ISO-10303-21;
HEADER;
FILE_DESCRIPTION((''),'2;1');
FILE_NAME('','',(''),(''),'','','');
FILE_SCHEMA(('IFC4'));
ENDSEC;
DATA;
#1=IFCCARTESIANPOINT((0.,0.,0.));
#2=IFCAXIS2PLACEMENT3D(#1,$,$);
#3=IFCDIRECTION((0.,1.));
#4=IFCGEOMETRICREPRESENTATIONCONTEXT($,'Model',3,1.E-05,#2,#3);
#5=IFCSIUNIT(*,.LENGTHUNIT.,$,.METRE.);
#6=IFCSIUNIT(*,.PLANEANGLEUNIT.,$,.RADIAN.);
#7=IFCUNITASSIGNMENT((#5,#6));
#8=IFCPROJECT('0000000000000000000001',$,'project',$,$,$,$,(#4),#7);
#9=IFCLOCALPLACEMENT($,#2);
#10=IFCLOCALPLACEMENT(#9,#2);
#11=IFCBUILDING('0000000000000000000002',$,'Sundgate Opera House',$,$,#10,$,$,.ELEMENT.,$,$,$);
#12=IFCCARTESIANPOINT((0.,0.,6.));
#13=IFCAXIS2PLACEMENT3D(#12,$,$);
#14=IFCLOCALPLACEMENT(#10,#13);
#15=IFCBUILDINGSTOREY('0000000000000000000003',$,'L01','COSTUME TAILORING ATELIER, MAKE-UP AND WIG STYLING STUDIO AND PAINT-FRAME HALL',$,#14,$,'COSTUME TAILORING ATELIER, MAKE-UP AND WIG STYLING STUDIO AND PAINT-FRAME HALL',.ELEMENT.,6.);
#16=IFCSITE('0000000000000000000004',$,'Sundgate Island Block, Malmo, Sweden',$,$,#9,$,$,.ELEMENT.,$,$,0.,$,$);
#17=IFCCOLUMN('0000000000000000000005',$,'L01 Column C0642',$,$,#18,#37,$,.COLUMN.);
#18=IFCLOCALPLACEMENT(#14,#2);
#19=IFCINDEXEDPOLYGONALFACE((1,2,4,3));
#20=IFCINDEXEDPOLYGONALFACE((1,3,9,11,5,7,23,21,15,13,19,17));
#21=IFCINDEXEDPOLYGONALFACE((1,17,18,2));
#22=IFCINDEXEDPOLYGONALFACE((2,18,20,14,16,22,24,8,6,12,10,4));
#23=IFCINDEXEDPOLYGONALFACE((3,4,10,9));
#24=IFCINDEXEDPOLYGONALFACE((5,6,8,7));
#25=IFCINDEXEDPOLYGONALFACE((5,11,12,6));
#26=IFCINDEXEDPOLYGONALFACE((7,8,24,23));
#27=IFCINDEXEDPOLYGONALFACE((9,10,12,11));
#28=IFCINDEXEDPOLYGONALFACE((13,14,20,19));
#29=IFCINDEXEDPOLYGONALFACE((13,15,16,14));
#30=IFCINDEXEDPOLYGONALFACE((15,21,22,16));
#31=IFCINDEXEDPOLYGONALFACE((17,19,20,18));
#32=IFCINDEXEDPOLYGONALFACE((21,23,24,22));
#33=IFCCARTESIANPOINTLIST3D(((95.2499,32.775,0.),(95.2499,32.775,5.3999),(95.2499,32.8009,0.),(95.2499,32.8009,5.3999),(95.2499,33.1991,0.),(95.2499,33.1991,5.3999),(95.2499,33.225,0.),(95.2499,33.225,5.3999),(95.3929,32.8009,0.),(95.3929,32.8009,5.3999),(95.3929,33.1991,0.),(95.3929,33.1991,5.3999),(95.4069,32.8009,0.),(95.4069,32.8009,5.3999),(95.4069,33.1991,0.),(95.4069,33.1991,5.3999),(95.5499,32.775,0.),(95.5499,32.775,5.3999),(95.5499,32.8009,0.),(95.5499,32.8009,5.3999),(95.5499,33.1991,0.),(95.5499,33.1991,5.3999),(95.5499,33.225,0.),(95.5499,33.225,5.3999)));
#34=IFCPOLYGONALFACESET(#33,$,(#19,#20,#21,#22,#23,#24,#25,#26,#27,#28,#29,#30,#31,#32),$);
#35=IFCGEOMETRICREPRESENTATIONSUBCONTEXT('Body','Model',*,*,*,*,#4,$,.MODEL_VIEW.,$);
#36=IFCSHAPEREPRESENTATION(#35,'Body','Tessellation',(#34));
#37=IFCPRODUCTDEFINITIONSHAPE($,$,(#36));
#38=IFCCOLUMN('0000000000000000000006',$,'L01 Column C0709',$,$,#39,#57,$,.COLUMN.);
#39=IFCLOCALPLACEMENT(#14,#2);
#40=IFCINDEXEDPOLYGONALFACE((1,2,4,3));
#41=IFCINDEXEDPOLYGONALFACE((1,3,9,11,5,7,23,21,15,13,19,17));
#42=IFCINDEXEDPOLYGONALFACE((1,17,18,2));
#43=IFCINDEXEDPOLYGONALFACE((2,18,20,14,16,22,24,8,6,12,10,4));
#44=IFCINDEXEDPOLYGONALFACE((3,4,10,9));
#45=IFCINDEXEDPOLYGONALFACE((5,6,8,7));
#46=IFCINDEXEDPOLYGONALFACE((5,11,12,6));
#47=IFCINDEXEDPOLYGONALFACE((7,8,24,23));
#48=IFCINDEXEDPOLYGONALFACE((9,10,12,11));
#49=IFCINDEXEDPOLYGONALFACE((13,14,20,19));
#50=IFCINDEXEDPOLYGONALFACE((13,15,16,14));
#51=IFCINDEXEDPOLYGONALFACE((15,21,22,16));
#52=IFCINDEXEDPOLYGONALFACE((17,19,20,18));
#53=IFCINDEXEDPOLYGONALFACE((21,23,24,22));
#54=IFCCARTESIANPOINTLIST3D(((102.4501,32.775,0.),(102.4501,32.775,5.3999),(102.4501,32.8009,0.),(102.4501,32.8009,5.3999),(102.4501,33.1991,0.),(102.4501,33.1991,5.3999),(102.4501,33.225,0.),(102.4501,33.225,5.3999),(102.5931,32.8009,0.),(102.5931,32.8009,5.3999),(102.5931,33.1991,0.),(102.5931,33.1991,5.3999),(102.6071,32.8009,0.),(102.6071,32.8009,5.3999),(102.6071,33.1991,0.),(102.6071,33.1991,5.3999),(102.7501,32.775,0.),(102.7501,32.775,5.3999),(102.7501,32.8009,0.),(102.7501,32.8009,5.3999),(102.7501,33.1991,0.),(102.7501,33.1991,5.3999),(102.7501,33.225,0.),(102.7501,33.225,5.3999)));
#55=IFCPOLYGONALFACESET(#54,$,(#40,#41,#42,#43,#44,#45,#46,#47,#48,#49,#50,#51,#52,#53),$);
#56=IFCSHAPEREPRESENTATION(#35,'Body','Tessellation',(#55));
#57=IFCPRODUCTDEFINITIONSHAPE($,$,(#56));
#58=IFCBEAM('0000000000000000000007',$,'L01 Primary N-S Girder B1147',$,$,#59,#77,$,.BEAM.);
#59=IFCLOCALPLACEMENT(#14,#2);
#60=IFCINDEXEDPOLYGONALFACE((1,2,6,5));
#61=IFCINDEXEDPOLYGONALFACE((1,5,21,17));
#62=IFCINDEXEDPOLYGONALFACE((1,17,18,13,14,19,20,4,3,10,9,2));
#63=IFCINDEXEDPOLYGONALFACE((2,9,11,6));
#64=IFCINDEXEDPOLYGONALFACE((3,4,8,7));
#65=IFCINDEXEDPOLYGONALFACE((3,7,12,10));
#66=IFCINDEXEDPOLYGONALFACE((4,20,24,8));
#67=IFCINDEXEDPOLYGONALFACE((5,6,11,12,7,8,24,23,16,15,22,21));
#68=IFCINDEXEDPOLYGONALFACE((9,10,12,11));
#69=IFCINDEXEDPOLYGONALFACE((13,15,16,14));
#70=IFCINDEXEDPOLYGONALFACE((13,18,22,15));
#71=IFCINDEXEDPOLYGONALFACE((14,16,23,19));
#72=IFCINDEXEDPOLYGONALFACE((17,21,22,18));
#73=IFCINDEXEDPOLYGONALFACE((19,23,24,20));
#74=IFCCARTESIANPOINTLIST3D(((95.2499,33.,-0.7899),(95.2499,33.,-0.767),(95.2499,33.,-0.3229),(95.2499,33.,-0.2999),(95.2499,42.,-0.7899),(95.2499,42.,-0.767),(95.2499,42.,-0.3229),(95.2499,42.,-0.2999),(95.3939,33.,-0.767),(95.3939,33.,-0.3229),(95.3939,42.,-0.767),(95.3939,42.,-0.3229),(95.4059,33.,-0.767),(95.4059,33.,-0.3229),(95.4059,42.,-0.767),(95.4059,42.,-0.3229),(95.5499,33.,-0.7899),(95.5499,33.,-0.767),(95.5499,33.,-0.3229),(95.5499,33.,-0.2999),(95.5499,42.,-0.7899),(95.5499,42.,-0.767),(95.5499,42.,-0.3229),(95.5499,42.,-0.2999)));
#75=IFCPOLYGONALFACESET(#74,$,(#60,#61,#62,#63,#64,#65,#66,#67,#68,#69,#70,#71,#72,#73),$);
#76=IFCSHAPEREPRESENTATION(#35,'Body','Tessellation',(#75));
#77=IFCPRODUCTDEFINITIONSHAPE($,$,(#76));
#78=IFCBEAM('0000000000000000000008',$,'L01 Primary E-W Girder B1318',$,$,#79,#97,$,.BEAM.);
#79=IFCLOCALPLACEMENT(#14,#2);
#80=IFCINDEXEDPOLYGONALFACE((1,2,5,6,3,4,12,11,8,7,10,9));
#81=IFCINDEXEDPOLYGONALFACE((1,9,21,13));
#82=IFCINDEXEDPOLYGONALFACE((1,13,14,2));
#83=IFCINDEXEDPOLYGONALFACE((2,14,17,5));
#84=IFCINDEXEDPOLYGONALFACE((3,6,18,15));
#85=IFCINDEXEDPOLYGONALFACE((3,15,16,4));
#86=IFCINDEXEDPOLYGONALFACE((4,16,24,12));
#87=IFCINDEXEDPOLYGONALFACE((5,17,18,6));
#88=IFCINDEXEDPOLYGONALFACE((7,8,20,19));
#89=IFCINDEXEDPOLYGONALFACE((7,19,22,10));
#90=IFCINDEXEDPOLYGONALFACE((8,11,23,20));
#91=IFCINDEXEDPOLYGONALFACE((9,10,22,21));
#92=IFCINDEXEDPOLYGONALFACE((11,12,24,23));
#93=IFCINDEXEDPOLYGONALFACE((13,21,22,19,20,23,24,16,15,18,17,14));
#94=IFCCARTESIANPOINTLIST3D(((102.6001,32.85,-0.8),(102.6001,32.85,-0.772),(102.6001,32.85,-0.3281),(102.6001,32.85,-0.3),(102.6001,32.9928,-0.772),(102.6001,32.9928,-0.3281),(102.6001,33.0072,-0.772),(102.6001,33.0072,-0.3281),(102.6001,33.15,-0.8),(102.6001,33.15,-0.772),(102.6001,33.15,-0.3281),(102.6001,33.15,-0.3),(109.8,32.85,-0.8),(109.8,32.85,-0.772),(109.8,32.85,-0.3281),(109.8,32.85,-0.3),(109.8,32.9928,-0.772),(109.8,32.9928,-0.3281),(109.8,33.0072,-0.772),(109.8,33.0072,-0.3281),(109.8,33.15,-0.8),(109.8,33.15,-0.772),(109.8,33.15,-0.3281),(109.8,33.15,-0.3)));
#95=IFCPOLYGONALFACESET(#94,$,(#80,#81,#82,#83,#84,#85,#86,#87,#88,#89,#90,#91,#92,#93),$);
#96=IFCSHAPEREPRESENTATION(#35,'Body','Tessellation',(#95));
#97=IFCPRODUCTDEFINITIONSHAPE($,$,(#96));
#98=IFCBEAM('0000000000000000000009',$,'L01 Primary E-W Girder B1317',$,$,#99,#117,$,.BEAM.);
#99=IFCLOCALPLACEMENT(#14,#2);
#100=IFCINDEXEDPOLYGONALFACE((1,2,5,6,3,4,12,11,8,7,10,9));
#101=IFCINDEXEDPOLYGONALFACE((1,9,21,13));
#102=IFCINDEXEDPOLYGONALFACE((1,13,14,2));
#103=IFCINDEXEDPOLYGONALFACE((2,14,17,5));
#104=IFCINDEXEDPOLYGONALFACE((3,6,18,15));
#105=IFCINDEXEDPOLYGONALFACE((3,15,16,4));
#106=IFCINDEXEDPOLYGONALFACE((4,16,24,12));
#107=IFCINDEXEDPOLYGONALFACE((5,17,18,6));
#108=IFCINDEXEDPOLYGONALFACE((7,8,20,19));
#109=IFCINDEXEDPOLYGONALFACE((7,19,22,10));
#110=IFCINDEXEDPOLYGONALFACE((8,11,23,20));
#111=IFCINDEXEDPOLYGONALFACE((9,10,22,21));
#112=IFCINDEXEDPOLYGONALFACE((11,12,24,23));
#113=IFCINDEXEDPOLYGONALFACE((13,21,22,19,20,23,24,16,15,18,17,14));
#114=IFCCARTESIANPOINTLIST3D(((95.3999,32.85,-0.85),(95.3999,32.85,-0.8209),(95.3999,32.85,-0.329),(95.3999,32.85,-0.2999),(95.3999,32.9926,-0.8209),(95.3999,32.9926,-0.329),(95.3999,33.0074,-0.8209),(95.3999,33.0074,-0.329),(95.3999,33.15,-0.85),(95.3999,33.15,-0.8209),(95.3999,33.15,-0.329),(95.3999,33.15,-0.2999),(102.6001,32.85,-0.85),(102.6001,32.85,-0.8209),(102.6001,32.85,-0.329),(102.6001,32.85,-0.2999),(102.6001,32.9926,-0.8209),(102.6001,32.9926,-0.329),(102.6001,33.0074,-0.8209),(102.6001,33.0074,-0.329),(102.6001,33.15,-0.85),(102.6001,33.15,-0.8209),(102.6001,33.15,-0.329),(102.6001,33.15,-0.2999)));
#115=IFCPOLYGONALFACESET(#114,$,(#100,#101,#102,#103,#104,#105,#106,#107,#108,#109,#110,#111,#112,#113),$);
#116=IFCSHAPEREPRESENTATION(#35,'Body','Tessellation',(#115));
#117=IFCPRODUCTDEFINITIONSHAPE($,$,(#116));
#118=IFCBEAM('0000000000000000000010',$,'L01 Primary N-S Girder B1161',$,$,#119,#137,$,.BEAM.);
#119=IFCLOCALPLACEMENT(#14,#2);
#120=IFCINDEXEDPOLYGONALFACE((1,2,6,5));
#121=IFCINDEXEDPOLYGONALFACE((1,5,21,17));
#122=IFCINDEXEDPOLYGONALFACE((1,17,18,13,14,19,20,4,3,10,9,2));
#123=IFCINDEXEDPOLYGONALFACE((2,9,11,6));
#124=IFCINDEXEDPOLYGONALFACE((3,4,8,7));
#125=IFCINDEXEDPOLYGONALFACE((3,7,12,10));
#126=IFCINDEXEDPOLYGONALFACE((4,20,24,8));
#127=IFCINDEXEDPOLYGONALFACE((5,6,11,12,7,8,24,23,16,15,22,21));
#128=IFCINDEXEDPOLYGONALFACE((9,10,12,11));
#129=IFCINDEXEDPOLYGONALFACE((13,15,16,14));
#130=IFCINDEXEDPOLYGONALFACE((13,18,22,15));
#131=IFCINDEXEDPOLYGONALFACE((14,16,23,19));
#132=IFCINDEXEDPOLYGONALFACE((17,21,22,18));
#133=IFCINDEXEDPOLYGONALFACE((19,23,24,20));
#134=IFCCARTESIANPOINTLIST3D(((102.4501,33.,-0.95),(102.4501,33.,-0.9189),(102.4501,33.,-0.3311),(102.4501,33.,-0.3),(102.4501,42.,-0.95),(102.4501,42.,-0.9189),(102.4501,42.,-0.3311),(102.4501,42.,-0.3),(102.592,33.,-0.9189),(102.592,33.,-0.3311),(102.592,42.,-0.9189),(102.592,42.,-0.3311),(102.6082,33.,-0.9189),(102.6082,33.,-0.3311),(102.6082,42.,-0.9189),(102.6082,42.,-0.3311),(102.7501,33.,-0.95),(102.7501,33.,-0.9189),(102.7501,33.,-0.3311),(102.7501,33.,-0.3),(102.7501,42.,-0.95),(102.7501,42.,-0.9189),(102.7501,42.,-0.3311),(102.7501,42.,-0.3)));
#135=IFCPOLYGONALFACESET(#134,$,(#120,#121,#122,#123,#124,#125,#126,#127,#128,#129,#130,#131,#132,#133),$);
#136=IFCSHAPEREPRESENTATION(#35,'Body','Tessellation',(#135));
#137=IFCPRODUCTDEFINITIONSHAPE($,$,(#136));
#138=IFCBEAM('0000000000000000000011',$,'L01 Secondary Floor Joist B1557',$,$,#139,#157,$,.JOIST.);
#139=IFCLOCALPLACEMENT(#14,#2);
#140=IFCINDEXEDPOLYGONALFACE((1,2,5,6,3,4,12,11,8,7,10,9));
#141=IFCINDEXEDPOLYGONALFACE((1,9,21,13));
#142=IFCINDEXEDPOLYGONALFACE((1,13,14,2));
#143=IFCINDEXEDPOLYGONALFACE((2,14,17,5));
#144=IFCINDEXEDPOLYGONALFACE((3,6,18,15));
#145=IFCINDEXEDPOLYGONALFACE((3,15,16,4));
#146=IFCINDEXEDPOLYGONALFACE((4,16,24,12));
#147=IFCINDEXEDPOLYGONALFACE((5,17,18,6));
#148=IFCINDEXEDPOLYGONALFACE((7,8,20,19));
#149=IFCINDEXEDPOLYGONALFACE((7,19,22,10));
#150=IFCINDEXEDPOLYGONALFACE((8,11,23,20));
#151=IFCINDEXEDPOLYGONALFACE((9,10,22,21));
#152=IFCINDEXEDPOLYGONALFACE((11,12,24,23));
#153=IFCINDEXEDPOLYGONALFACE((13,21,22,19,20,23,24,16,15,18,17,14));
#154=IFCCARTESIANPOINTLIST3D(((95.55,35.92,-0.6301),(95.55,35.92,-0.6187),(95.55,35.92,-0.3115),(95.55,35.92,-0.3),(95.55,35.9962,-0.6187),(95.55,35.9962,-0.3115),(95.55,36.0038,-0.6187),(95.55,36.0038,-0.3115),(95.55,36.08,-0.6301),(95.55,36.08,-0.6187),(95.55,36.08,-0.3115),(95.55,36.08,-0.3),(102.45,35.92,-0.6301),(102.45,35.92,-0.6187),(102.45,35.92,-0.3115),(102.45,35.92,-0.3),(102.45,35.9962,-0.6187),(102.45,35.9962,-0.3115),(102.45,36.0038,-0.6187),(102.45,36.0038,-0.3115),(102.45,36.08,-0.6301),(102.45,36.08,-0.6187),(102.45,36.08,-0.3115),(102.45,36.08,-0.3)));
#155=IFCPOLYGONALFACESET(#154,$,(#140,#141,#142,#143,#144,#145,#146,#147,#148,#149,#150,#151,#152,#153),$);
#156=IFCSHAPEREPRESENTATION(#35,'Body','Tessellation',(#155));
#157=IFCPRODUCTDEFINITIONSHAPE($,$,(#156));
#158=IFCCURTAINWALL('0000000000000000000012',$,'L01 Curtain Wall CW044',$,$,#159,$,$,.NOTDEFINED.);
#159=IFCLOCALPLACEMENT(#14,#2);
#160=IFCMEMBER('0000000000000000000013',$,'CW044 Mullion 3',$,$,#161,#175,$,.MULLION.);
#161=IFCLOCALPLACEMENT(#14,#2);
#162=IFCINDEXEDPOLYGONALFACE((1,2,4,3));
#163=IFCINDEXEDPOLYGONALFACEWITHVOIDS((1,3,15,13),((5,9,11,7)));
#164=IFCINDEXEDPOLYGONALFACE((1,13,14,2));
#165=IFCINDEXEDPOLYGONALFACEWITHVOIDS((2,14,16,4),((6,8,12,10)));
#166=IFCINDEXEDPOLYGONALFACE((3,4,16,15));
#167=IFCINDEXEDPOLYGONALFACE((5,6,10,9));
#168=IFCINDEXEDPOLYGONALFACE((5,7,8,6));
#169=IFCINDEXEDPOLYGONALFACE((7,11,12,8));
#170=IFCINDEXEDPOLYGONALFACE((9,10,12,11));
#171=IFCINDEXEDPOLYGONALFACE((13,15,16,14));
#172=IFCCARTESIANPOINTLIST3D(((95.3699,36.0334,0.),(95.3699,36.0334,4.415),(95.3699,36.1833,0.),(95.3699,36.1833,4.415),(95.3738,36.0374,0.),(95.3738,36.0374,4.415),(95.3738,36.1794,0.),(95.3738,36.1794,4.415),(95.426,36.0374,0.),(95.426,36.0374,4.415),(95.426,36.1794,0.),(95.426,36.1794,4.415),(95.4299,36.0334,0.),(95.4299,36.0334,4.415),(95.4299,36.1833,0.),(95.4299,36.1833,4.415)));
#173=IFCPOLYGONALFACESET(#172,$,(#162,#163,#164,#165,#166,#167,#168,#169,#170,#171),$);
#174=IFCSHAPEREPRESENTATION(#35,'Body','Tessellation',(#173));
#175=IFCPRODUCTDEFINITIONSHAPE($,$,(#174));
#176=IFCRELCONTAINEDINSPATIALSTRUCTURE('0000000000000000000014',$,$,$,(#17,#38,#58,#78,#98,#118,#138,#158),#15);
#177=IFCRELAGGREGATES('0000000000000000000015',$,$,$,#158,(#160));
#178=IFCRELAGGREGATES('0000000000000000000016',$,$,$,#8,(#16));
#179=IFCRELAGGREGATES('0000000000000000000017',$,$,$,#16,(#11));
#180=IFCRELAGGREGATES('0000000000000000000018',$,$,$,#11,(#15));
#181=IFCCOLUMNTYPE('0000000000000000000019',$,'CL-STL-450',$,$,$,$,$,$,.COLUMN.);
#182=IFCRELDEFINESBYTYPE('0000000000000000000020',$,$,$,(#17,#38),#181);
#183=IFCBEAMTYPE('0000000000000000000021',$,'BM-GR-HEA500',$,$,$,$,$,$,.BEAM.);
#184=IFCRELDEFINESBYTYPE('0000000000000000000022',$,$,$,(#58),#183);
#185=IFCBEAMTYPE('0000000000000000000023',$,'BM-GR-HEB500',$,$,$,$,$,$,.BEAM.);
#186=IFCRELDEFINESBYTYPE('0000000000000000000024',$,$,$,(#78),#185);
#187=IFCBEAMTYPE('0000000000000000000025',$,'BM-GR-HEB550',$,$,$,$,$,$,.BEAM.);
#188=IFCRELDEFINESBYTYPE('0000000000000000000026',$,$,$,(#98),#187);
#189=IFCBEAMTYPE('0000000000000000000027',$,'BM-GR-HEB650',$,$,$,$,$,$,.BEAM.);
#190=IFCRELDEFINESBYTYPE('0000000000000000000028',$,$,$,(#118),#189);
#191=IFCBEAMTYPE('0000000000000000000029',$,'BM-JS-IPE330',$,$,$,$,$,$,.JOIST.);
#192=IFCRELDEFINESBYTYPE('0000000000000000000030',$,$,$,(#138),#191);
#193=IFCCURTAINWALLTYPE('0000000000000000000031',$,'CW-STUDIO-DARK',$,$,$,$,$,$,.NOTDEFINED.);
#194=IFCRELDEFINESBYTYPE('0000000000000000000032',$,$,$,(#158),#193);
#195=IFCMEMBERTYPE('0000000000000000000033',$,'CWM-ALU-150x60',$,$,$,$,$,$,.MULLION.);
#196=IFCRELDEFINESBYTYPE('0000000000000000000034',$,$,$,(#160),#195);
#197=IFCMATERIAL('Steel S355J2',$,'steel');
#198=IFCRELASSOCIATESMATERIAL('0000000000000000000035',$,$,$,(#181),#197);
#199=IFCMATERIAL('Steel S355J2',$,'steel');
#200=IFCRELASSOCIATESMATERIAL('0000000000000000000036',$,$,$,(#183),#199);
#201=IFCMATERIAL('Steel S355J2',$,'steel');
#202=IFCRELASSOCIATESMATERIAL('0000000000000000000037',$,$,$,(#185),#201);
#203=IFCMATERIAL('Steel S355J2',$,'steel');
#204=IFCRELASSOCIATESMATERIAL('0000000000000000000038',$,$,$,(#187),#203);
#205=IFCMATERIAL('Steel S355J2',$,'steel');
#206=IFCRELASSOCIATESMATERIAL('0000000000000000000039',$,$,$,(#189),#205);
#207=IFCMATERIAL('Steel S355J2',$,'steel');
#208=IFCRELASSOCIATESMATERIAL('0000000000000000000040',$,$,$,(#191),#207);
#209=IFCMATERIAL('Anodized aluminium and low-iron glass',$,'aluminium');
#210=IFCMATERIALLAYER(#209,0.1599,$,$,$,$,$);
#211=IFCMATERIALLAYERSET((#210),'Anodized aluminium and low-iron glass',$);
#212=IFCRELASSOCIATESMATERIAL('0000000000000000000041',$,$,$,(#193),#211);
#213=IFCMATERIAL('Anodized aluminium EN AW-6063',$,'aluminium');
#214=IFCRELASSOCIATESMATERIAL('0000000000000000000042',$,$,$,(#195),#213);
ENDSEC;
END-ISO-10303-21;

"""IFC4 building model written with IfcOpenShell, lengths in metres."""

from ifc_helpers import new_model, si_unit, direction, frame, origin, origin_2d, place, context, subcontext, project, spatial, hollow_rectangle, i_section, extrude, material, layer, layer_set, material_profile, profile_set, type_object, element, aggregate, save


model = new_model("IFC4")

# Units and contexts
model_context = context("Model", 3, precision=1e-05, world=origin(), true_north=direction((0.0, 1.0)))
body_context = subcontext(model_context, "Body", "Model", "MODEL_VIEW")
ifc_project = project(units=[si_unit("LENGTHUNIT", "METRE"), si_unit("PLANEANGLEUNIT", "RADIAN")], contexts=[model_context])

# Site, building, storey
site_placement = place(None, origin())
site = spatial("IfcSite", under=ifc_project, at=site_placement, Name="Sundgate Island Block, Malmo, Sweden", CompositionType="ELEMENT", RefElevation=0.0)
building_placement = place(site_placement, origin())
building = spatial("IfcBuilding", under=site, at=building_placement, Name="Sundgate Opera House", CompositionType="ELEMENT")
storey_placement = place(building_placement, frame((0.0, 0.0, 6.0)))
storey = spatial("IfcBuildingStorey", under=building, at=storey_placement, Name="L01", Description="COSTUME TAILORING ATELIER, MAKE-UP AND WIG STYLING STUDIO AND PAINT-FRAME HALL", LongName="COSTUME TAILORING ATELIER, MAKE-UP AND WIG STYLING STUDIO AND PAINT-FRAME HALL", CompositionType="ELEMENT", Elevation=6.0)

# Columns
ifc_material_1 = material(Name="Steel S355J2", Category="steel")
ifc_material_profile_1 = material_profile(ifc_material_1, i_section(OverallWidth=0.3, OverallDepth=0.45, WebThickness=0.0139, FlangeThickness=0.0259, at=origin_2d()), Name="HEB 450")
ifc_profile_set_1 = profile_set([ifc_material_profile_1], Name="Steel S355J2")
column_type = type_object("IfcColumnType", Name="CL-STL-450", PredefinedType="COLUMN", material=ifc_profile_set_1)
for number, where, z_axis, x_axis, name in (
    (1, (95.3999, 33.0, 0.0), (0.0, 0.0, 1.0), (1.0, 0.0, 0.0), "L01 Column C0642"),
    (2, (102.6001, 33.0, 0.0), (0.0, 0.0, 1.0), (1.0, 0.0, 0.0), "L01 Column C0709"),
):
    element("IfcColumn", number, at=place(storey_placement, frame(where, z_axis=z_axis, x_axis=x_axis)), inside=storey, type_object=column_type, Name=name, PredefinedType="COLUMN", context=body_context, shape_type="SweptSolid", body=[
        extrude(i_section(OverallWidth=0.3, OverallDepth=0.45, WebThickness=0.0139, FlangeThickness=0.0259, at=origin_2d()), origin(), (0.0, 0.0, 1.0), 5.3999),
    ])

# Beams
ifc_material_2 = material(Name="Steel S355J2", Category="steel")
ifc_material_profile_2 = material_profile(ifc_material_2, i_section(OverallWidth=0.3, OverallDepth=0.49, WebThickness=0.012, FlangeThickness=0.0229, at=origin_2d()), Name="HEA 500")
ifc_profile_set_2 = profile_set([ifc_material_profile_2], Name="Steel S355J2")
beam_type_1 = type_object("IfcBeamType", Name="BM-GR-HEA500", PredefinedType="BEAM", material=ifc_profile_set_2)
beam_1_placement = place(storey_placement, frame((95.3999, 33.0, -0.5449), z_axis=(0.0, 1.0, 0.0), x_axis=(-1.0, 0.0, 0.0)))
element("IfcBeam", 3, at=beam_1_placement, inside=storey, type_object=beam_type_1, Name="L01 Primary N-S Girder B1147", PredefinedType="BEAM", context=body_context, shape_type="SweptSolid", body=[
    extrude(i_section(OverallWidth=0.3, OverallDepth=0.49, WebThickness=0.012, FlangeThickness=0.0229, at=origin_2d()), origin(), (0.0, 0.0, 1.0), 9.0),
])
ifc_material_3 = material(Name="Steel S355J2", Category="steel")
ifc_material_profile_3 = material_profile(ifc_material_3, i_section(OverallWidth=0.3, OverallDepth=0.5, WebThickness=0.0144, FlangeThickness=0.0281, at=origin_2d()), Name="HEB 500")
ifc_profile_set_3 = profile_set([ifc_material_profile_3], Name="Steel S355J2")
beam_type_2 = type_object("IfcBeamType", Name="BM-GR-HEB500", PredefinedType="BEAM", material=ifc_profile_set_3)
beam_2_placement = place(storey_placement, frame((102.6001, 33.0, -0.55), z_axis=(1.0, 0.0, 0.0), x_axis=(0.0, 1.0, 0.0)))
element("IfcBeam", 4, at=beam_2_placement, inside=storey, type_object=beam_type_2, Name="L01 Primary E-W Girder B1318", PredefinedType="BEAM", context=body_context, shape_type="SweptSolid", body=[
    extrude(i_section(OverallWidth=0.3, OverallDepth=0.5, WebThickness=0.0144, FlangeThickness=0.0281, at=origin_2d()), origin(), (0.0, 0.0, 1.0), 7.2),
])
ifc_material_4 = material(Name="Steel S355J2", Category="steel")
ifc_material_profile_4 = material_profile(ifc_material_4, i_section(OverallWidth=0.3, OverallDepth=0.55, WebThickness=0.0149, FlangeThickness=0.0291, at=origin_2d()), Name="HEB 550")
ifc_profile_set_4 = profile_set([ifc_material_profile_4], Name="Steel S355J2")
beam_type_3 = type_object("IfcBeamType", Name="BM-GR-HEB550", PredefinedType="BEAM", material=ifc_profile_set_4)
beam_3_placement = place(storey_placement, frame((95.3999, 33.0, -0.575), z_axis=(1.0, 0.0, 0.0), x_axis=(0.0, 1.0, 0.0)))
element("IfcBeam", 5, at=beam_3_placement, inside=storey, type_object=beam_type_3, Name="L01 Primary E-W Girder B1317", PredefinedType="BEAM", context=body_context, shape_type="SweptSolid", body=[
    extrude(i_section(OverallWidth=0.3, OverallDepth=0.55, WebThickness=0.0149, FlangeThickness=0.0291, at=origin_2d()), origin(), (0.0, 0.0, 1.0), 7.2002),
])
ifc_material_5 = material(Name="Steel S355J2", Category="steel")
ifc_material_profile_5 = material_profile(ifc_material_5, i_section(OverallWidth=0.3, OverallDepth=0.6499, WebThickness=0.0161, FlangeThickness=0.031, at=origin_2d()), Name="HEB 650")
ifc_profile_set_5 = profile_set([ifc_material_profile_5], Name="Steel S355J2")
beam_type_4 = type_object("IfcBeamType", Name="BM-GR-HEB650", PredefinedType="BEAM", material=ifc_profile_set_5)
beam_4_placement = place(storey_placement, frame((102.6001, 33.0, -0.625), z_axis=(0.0, 1.0, 0.0), x_axis=(-1.0, 0.0, 0.0)))
element("IfcBeam", 6, at=beam_4_placement, inside=storey, type_object=beam_type_4, Name="L01 Primary N-S Girder B1161", PredefinedType="BEAM", context=body_context, shape_type="SweptSolid", body=[
    extrude(i_section(OverallWidth=0.3, OverallDepth=0.6499, WebThickness=0.0161, FlangeThickness=0.031, at=origin_2d()), origin(), (0.0, 0.0, 1.0), 9.0),
])
ifc_material_6 = material(Name="Steel S355J2", Category="steel")
ifc_material_profile_6 = material_profile(ifc_material_6, i_section(OverallWidth=0.1599, OverallDepth=0.3301, WebThickness=0.0076, FlangeThickness=0.0115, at=origin_2d()), Name="IPE 330")
ifc_profile_set_6 = profile_set([ifc_material_profile_6], Name="Steel S355J2")
beam_type_5 = type_object("IfcBeamType", Name="BM-JS-IPE330", PredefinedType="JOIST", material=ifc_profile_set_6)
beam_5_placement = place(storey_placement, frame((95.55, 36.0, -0.4651), z_axis=(1.0, 0.0, 0.0), x_axis=(0.0, 1.0, 0.0)))
element("IfcBeam", 7, at=beam_5_placement, inside=storey, type_object=beam_type_5, Name="L01 Secondary Floor Joist B1557", PredefinedType="JOIST", context=body_context, shape_type="SweptSolid", body=[
    extrude(i_section(OverallWidth=0.1599, OverallDepth=0.3301, WebThickness=0.0076, FlangeThickness=0.0115, at=origin_2d()), origin(), (0.0, 0.0, 1.0), 6.8999),
])

# Curtain wall, member
ifc_material_7 = material(Name="Anodized aluminium and low-iron glass", Category="aluminium")
ifc_layer_1 = layer(ifc_material_7, 0.1599)
ifc_layer_set_1 = layer_set([ifc_layer_1], Name="Anodized aluminium and low-iron glass")
curtain_wall_type_1 = type_object("IfcCurtainWallType", Name="CW-STUDIO-DARK", PredefinedType="NOTDEFINED", material=ifc_layer_set_1)
curtain_wall_1_placement = place(storey_placement, origin())
curtain_wall_1 = element("IfcCurtainWall", 8, at=curtain_wall_1_placement, inside=storey, type_object=curtain_wall_type_1, Name="L01 Curtain Wall CW044", PredefinedType="NOTDEFINED")
ifc_material_8 = material(Name="Anodized aluminium EN AW-6063", Category="aluminium")
ifc_material_profile_7 = material_profile(ifc_material_8, hollow_rectangle(XDim=0.0601, YDim=0.1499, WallThickness=0.0039, at=origin_2d()), Name="CWM 150x60x4")
ifc_profile_set_7 = profile_set([ifc_material_profile_7], Name="Anodized aluminium EN AW-6063")
member_type_1 = type_object("IfcMemberType", Name="CWM-ALU-150x60", PredefinedType="MULLION", material=ifc_profile_set_7)
member_1_placement = place(storey_placement, frame((95.3999, 36.1084, 0.0), z_axis=(0.0, 0.0, 1.0), x_axis=(1.0, 0.0, 0.0)))
member_1 = element("IfcMember", 9, at=member_1_placement, type_object=member_type_1, Name="CW044 Mullion 3", PredefinedType="MULLION", context=body_context, shape_type="SweptSolid", body=[
    extrude(hollow_rectangle(XDim=0.0601, YDim=0.1499, WallThickness=0.0039, at=origin_2d()), origin(), (0.0, 0.0, 1.0), 4.415),
])

aggregate(curtain_wall_1, [member_1])

save(model, "model.ifc")
